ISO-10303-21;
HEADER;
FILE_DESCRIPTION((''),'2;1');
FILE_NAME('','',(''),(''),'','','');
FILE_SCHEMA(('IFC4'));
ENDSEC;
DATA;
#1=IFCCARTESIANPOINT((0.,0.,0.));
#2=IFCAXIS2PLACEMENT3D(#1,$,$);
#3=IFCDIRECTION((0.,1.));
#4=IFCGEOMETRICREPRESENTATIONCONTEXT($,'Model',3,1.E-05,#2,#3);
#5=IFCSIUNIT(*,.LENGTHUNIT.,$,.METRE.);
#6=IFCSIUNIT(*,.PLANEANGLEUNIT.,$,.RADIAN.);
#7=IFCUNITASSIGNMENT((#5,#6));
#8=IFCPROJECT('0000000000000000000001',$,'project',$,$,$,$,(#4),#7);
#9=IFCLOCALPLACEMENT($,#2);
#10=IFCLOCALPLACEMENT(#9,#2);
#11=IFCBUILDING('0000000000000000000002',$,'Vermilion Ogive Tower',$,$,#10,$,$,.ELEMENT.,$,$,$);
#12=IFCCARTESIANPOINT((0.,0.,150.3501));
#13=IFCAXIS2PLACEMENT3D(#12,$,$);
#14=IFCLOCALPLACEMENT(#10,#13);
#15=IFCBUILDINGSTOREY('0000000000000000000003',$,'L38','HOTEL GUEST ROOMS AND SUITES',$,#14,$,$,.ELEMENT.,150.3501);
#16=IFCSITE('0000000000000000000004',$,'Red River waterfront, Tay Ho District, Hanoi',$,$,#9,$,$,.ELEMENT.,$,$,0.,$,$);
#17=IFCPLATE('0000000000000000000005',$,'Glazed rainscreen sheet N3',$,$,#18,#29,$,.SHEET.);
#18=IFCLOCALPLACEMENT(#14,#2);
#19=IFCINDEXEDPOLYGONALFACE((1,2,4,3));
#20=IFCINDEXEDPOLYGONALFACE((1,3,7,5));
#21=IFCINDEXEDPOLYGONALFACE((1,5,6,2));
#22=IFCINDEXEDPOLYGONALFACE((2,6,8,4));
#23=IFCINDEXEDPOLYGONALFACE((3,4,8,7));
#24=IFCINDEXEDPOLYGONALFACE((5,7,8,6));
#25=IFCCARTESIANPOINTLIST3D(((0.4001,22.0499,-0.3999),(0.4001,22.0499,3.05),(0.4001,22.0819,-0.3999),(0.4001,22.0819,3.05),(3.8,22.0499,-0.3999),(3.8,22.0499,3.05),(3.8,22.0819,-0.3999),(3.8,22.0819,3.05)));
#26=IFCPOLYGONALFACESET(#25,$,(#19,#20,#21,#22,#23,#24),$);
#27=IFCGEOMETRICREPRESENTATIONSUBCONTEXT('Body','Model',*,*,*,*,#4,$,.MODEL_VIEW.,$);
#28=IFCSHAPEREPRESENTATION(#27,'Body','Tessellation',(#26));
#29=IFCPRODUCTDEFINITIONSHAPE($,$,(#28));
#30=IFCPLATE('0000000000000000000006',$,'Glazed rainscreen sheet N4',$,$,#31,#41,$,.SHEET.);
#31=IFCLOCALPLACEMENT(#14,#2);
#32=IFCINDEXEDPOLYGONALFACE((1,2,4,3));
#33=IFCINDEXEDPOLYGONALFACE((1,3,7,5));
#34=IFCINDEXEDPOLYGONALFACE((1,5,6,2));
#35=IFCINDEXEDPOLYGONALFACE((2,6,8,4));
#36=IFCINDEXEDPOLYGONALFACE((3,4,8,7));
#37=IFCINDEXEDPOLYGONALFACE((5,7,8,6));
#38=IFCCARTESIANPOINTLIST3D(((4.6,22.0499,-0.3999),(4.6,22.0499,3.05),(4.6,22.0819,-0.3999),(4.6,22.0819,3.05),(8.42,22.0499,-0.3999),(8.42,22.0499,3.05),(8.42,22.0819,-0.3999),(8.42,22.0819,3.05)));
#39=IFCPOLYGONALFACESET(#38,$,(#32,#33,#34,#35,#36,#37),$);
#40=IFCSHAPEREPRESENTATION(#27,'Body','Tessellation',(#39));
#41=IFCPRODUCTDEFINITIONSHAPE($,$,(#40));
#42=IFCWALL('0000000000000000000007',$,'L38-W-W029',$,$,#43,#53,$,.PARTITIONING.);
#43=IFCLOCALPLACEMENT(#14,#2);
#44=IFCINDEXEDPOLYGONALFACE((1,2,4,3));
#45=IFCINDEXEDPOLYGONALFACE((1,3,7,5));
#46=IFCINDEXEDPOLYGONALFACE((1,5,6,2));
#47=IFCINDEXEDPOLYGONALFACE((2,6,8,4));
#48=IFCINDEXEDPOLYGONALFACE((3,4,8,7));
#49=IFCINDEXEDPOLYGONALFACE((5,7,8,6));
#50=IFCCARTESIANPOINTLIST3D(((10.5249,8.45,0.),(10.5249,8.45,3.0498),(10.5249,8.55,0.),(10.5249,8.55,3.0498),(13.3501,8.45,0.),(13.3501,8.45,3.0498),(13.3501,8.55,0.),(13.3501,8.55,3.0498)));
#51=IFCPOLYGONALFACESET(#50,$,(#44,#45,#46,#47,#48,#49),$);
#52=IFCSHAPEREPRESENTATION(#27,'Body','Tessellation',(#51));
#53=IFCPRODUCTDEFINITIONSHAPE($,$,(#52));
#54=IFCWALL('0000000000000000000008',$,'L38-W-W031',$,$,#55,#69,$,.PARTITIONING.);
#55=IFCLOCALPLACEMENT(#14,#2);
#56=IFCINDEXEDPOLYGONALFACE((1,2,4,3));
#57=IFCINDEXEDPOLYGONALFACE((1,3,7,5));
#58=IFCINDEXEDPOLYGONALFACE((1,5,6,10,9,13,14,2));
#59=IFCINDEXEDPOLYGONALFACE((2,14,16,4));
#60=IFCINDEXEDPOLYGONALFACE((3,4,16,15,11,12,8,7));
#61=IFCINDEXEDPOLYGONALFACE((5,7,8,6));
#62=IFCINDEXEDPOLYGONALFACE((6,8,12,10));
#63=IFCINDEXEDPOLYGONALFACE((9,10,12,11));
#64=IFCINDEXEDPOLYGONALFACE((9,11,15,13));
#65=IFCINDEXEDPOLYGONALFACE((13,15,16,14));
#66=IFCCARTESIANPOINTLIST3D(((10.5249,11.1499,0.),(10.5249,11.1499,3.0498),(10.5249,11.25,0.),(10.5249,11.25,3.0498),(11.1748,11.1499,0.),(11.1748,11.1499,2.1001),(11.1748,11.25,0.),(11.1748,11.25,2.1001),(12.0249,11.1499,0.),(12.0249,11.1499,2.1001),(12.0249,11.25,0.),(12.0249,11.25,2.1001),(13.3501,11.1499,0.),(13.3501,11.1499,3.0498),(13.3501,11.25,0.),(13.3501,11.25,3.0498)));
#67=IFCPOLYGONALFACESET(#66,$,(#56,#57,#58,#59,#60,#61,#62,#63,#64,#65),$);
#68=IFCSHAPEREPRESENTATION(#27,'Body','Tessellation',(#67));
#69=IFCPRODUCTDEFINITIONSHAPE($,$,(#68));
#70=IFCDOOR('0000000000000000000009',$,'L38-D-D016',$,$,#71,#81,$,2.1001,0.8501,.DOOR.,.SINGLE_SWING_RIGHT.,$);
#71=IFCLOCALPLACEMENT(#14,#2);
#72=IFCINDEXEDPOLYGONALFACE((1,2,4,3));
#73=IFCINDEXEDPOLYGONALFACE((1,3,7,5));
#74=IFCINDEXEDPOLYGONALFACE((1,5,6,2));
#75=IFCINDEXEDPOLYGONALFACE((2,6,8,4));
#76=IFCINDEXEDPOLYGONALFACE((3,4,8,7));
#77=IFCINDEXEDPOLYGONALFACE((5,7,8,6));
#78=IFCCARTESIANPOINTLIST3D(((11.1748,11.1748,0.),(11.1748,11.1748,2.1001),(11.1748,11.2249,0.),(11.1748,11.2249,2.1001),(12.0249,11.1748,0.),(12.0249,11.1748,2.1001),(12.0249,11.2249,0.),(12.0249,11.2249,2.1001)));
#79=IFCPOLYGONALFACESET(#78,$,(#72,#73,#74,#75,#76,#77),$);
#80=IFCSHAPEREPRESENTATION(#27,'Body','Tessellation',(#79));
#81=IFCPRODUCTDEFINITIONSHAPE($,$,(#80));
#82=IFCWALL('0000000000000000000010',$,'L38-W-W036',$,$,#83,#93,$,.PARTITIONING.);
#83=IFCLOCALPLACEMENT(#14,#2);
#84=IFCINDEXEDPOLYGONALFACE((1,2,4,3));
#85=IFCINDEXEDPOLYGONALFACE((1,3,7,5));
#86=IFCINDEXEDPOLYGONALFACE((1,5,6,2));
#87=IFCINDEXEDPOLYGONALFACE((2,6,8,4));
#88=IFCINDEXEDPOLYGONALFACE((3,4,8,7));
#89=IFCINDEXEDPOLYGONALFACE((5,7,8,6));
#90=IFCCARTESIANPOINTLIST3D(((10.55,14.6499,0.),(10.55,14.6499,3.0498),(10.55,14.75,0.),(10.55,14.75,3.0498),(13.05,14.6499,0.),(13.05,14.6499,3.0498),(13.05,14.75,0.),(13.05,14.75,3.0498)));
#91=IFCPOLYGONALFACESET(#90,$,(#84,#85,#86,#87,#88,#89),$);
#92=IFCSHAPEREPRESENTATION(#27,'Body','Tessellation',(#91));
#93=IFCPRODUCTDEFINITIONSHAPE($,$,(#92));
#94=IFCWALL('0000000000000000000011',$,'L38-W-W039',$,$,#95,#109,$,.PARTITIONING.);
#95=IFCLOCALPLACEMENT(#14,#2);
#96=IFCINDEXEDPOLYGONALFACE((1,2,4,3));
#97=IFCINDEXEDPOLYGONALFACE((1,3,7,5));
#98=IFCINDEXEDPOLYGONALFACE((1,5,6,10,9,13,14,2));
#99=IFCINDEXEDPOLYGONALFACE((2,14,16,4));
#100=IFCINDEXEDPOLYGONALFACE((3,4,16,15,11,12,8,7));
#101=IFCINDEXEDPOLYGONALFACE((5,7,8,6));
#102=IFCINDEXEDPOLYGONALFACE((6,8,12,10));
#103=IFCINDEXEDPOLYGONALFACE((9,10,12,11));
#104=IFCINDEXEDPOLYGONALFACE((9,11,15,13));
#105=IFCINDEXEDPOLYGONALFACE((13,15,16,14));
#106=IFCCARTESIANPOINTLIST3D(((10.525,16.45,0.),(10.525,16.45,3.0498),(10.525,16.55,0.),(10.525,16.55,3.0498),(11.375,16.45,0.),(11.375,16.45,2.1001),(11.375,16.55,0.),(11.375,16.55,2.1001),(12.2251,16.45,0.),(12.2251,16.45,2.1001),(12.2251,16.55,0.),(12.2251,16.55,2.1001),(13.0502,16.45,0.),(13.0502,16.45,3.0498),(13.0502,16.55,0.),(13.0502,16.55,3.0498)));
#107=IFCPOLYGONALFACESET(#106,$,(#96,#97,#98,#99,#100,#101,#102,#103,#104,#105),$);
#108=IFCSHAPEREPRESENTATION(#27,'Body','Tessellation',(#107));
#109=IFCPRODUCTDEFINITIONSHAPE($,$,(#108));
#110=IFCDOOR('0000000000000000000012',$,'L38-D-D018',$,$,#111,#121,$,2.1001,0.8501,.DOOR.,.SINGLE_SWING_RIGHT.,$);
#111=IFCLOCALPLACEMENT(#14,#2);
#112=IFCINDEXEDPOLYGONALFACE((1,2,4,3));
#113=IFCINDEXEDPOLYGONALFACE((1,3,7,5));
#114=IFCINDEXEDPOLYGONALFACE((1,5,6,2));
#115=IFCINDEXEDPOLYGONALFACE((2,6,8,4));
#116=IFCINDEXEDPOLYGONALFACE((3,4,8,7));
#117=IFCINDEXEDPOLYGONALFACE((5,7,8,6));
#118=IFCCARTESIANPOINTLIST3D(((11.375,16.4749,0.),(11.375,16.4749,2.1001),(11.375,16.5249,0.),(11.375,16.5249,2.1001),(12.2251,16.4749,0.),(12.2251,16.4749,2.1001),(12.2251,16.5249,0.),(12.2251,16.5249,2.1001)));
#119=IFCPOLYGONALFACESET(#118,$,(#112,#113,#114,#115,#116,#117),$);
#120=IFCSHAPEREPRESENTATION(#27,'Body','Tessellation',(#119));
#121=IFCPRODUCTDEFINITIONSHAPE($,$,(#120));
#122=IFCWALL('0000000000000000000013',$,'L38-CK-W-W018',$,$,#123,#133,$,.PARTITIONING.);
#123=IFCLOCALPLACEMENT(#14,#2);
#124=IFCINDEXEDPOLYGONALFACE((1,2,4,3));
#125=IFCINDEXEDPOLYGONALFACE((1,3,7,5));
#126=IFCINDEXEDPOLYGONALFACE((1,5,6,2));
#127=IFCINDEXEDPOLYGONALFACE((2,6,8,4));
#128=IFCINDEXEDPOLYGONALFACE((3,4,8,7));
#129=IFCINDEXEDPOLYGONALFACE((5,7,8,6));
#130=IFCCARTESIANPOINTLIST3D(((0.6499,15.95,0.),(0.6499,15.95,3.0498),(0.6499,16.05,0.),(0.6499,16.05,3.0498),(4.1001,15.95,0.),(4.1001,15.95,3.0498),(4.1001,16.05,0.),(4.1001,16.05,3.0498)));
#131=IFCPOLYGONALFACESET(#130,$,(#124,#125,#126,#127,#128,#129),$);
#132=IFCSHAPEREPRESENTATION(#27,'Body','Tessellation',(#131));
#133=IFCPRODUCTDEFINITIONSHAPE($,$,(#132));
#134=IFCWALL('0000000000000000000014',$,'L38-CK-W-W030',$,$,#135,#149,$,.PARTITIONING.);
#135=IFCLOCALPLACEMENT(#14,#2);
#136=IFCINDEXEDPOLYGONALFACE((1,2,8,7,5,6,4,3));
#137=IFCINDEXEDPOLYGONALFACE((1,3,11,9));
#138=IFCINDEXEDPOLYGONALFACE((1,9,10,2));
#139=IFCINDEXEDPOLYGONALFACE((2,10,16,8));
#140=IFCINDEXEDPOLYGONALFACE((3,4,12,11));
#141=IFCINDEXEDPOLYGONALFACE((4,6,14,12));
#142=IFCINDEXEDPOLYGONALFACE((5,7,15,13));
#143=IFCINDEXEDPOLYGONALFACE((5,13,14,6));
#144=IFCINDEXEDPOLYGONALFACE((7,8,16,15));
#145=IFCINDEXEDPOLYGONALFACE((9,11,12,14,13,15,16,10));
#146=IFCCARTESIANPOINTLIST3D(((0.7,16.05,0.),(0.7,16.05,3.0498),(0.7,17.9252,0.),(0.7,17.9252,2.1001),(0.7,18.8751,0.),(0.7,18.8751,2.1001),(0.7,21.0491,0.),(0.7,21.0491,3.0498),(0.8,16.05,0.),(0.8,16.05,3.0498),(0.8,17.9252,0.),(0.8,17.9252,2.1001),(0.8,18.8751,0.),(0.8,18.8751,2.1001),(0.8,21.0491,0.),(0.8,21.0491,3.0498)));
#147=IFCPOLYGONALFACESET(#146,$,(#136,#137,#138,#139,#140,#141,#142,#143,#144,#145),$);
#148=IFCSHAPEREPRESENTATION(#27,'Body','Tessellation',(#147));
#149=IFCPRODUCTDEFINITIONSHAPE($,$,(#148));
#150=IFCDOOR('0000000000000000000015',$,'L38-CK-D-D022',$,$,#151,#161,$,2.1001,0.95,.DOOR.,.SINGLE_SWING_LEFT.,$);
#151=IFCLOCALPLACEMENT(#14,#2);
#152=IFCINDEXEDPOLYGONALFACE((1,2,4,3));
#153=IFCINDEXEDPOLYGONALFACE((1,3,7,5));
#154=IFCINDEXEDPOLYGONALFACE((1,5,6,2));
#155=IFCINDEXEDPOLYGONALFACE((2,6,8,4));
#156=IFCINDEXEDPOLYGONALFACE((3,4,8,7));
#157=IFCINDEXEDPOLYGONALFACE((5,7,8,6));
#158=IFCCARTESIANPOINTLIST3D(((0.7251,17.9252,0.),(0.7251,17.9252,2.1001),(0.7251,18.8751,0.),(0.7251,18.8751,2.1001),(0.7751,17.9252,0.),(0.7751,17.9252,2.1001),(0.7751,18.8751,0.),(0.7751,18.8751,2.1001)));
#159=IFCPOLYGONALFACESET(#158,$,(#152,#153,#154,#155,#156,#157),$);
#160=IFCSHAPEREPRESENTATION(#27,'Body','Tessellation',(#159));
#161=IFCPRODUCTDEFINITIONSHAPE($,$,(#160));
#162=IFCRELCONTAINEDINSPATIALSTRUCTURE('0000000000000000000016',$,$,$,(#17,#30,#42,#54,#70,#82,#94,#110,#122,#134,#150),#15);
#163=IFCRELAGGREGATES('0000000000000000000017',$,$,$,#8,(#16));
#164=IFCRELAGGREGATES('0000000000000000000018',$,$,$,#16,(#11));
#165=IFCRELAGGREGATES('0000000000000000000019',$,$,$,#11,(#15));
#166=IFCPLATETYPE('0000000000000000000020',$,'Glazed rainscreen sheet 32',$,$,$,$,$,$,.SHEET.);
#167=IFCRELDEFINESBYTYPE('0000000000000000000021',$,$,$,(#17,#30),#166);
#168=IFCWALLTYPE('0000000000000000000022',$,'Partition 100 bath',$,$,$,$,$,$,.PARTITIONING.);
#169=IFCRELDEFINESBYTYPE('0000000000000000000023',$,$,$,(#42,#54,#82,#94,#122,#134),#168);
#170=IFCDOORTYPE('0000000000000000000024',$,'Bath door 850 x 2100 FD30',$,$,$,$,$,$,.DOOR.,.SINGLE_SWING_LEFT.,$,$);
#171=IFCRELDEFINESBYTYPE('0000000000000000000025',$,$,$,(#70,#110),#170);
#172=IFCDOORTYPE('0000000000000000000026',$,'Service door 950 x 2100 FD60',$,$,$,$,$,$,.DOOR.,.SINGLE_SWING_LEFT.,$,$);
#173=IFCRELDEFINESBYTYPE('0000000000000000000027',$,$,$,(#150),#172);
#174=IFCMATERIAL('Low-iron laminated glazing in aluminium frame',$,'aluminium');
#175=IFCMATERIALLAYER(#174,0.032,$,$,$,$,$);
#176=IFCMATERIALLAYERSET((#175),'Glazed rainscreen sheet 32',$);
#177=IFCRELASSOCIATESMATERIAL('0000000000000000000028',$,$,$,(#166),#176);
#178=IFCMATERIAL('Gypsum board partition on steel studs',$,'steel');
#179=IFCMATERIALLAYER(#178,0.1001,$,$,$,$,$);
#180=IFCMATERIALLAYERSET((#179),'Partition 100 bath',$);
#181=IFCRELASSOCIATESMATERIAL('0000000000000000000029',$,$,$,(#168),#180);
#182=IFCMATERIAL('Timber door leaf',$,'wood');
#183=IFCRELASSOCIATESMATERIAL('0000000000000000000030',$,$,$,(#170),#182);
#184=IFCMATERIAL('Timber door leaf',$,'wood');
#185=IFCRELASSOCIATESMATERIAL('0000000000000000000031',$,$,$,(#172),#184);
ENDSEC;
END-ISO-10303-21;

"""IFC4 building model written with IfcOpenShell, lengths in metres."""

from ifc_helpers import new_model, si_unit, direction, frame, frame_2d, origin, origin_2d, place, context, subcontext, project, spatial, rectangle, extrude, material, layer, layer_set, type_object, element, fill, save


model = new_model("IFC4")

# Units and contexts
model_context = context("Model", 3, precision=1e-05, world=origin(), true_north=direction((0.0, 1.0)))
body_context = subcontext(model_context, "Body", "Model", "MODEL_VIEW")
ifc_project = project(units=[si_unit("LENGTHUNIT", "METRE"), si_unit("PLANEANGLEUNIT", "RADIAN")], contexts=[model_context])

# Site, building, storey
site_placement = place(None, origin())
site = spatial("IfcSite", under=ifc_project, at=site_placement, Name="Red River waterfront, Tay Ho District, Hanoi", CompositionType="ELEMENT", RefElevation=0.0)
building_placement = place(site_placement, origin())
building = spatial("IfcBuilding", under=site, at=building_placement, Name="Vermilion Ogive Tower", CompositionType="ELEMENT")
storey_placement = place(building_placement, frame((0.0, 0.0, 150.3501)))
storey = spatial("IfcBuildingStorey", under=building, at=storey_placement, Name="L38", Description="HOTEL GUEST ROOMS AND SUITES", CompositionType="ELEMENT", Elevation=150.3501)

# Plates
ifc_material_1 = material(Name="Low-iron laminated glazing in aluminium frame", Category="aluminium")
ifc_layer_1 = layer(ifc_material_1, 0.032)
ifc_layer_set_1 = layer_set([ifc_layer_1], Name="Glazed rainscreen sheet 32")
plate_type = type_object("IfcPlateType", Name="Glazed rainscreen sheet 32", PredefinedType="SHEET", material=ifc_layer_set_1)
plate_1_placement = place(storey_placement, frame((2.1001, 22.0659, -0.3999), z_axis=(0.0, 0.0, 1.0), x_axis=(1.0, 0.0, 0.0)))
element("IfcPlate", 1, at=plate_1_placement, inside=storey, type_object=plate_type, Name="Glazed rainscreen sheet N3", PredefinedType="SHEET", context=body_context, shape_type="SweptSolid", body=[
    extrude(rectangle(XDim=3.3999, YDim=0.032, at=origin_2d()), origin(), (0.0, 0.0, 1.0), 3.45),
])
plate_2_placement = place(storey_placement, frame((6.51, 22.0659, -0.3999), z_axis=(0.0, 0.0, 1.0), x_axis=(1.0, 0.0, 0.0)))
element("IfcPlate", 2, at=plate_2_placement, inside=storey, type_object=plate_type, Name="Glazed rainscreen sheet N4", PredefinedType="SHEET", context=body_context, shape_type="SweptSolid", body=[
    extrude(rectangle(XDim=3.8201, YDim=0.032, at=origin_2d()), origin(), (0.0, 0.0, 1.0), 3.45),
])

# Wall
ifc_material_2 = material(Name="Gypsum board partition on steel studs", Category="steel")
ifc_layer_2 = layer(ifc_material_2, 0.1001)
ifc_layer_set_2 = layer_set([ifc_layer_2], Name="Partition 100 bath")
wall_type_1 = type_object("IfcWallType", Name="Partition 100 bath", PredefinedType="PARTITIONING", material=ifc_layer_set_2)
wall_1_placement = place(storey_placement, frame((10.5249, 8.5, 0.0), z_axis=(0.0, 0.0, 1.0), x_axis=(1.0, 0.0, 0.0)))
element("IfcWall", 3, at=wall_1_placement, inside=storey, type_object=wall_type_1, Name="L38-W-W029", PredefinedType="PARTITIONING", context=body_context, shape_type="SweptSolid", body=[
    extrude(rectangle(XDim=2.8252, YDim=0.1001, at=frame_2d((1.4126, 0.0))), origin(), (0.0, 0.0, 1.0), 3.0498),
])

# Wall, opening, door
wall_2_placement = place(storey_placement, frame((10.5249, 11.2, 0.0), z_axis=(0.0, 0.0, 1.0), x_axis=(1.0, 0.0, 0.0)))
wall_2 = element("IfcWall", 4, at=wall_2_placement, inside=storey, type_object=wall_type_1, Name="L38-W-W031", PredefinedType="PARTITIONING", context=body_context, shape_type="SweptSolid", body=[
    extrude(rectangle(XDim=2.8252, YDim=0.1001, at=frame_2d((1.4126, 0.0))), origin(), (0.0, 0.0, 1.0), 3.0498),
])
opening_1_placement = place(wall_2_placement, frame((0.6499, 0.0, 0.0)))
opening_1 = element("IfcOpeningElement", 5, at=opening_1_placement, cuts=wall_2, PredefinedType="OPENING", context=body_context, shape_type="SweptSolid", body=[
    extrude(rectangle(XDim=0.8501, YDim=2.1001, at=frame_2d((0.425, 1.05))), frame((0.0, 0.0601, 0.0), z_axis=(0.0, -1.0, 0.0), x_axis=(1.0, 0.0, 0.0)), (0.0, 0.0, 1.0), 0.1201),
])
ifc_material_3 = material(Name="Timber door leaf", Category="wood")
door_type_1 = type_object("IfcDoorType", Name="Bath door 850 x 2100 FD30", OperationType="SINGLE_SWING_LEFT", PredefinedType="DOOR", material=ifc_material_3)
door_1_placement = place(opening_1_placement, origin())
door_1 = element("IfcDoor", 6, at=door_1_placement, inside=storey, type_object=door_type_1, Name="L38-D-D016", OperationType="SINGLE_SWING_RIGHT", OverallHeight=2.1001, OverallWidth=0.8501, PredefinedType="DOOR", context=body_context, shape_type="SweptSolid", body=[
    extrude(rectangle(XDim=0.8501, YDim=2.1001, at=frame_2d((0.425, 1.05))), frame((0.0, 0.0249, 0.0), z_axis=(0.0, -1.0, 0.0), x_axis=(1.0, 0.0, 0.0)), (0.0, 0.0, 1.0), 0.05),
])
fill(opening_1, door_1)

# Wall
wall_3_placement = place(storey_placement, frame((10.55, 14.7, 0.0), z_axis=(0.0, 0.0, 1.0), x_axis=(1.0, 0.0, 0.0)))
element("IfcWall", 7, at=wall_3_placement, inside=storey, type_object=wall_type_1, Name="L38-W-W036", PredefinedType="PARTITIONING", context=body_context, shape_type="SweptSolid", body=[
    extrude(rectangle(XDim=2.5, YDim=0.1001, at=frame_2d((1.25, 0.0))), origin(), (0.0, 0.0, 1.0), 3.0498),
])

# Wall, opening, door
wall_4_placement = place(storey_placement, frame((10.5249, 16.5, 0.0), z_axis=(0.0, 0.0, 1.0), x_axis=(1.0, 0.0, 0.0)))
wall_4 = element("IfcWall", 8, at=wall_4_placement, inside=storey, type_object=wall_type_1, Name="L38-W-W039", PredefinedType="PARTITIONING", context=body_context, shape_type="SweptSolid", body=[
    extrude(rectangle(XDim=2.5251, YDim=0.1001, at=frame_2d((1.2627, 0.0))), origin(), (0.0, 0.0, 1.0), 3.0498),
])
opening_2_placement = place(wall_4_placement, frame((0.8501, 0.0, 0.0)))
opening_2 = element("IfcOpeningElement", 9, at=opening_2_placement, cuts=wall_4, PredefinedType="OPENING", context=body_context, shape_type="SweptSolid", body=[
    extrude(rectangle(XDim=0.8501, YDim=2.1001, at=frame_2d((0.425, 1.05))), frame((0.0, 0.0601, 0.0), z_axis=(0.0, -1.0, 0.0), x_axis=(1.0, 0.0, 0.0)), (0.0, 0.0, 1.0), 0.1201),
])
door_2_placement = place(opening_2_placement, origin())
door_2 = element("IfcDoor", 10, at=door_2_placement, inside=storey, type_object=door_type_1, Name="L38-D-D018", OperationType="SINGLE_SWING_RIGHT", OverallHeight=2.1001, OverallWidth=0.8501, PredefinedType="DOOR", context=body_context, shape_type="SweptSolid", body=[
    extrude(rectangle(XDim=0.8501, YDim=2.1001, at=frame_2d((0.425, 1.05))), frame((0.0, 0.0249, 0.0), z_axis=(0.0, -1.0, 0.0), x_axis=(1.0, 0.0, 0.0)), (0.0, 0.0, 1.0), 0.05),
])
fill(opening_2, door_2)

# Wall
wall_5_placement = place(storey_placement, frame((0.6499, 16.0, 0.0), z_axis=(0.0, 0.0, 1.0), x_axis=(1.0, 0.0, 0.0)))
element("IfcWall", 11, at=wall_5_placement, inside=storey, type_object=wall_type_1, Name="L38-CK-W-W018", PredefinedType="PARTITIONING", context=body_context, shape_type="SweptSolid", body=[
    extrude(rectangle(XDim=3.4502, YDim=0.1001, at=frame_2d((1.7251, 0.0))), origin(), (0.0, 0.0, 1.0), 3.0498),
])

# Wall, opening, door
wall_6_placement = place(storey_placement, frame((0.75, 16.05, 0.0), z_axis=(0.0, 0.0, 1.0), x_axis=(0.0, 1.0, 0.0)))
wall_6 = element("IfcWall", 12, at=wall_6_placement, inside=storey, type_object=wall_type_1, Name="L38-CK-W-W030", PredefinedType="PARTITIONING", context=body_context, shape_type="SweptSolid", body=[
    extrude(rectangle(XDim=4.999, YDim=0.1001, at=frame_2d((2.4995, 0.0))), origin(), (0.0, 0.0, 1.0), 3.0498),
])
opening_3_placement = place(wall_6_placement, frame((1.875, 0.0, 0.0)))
opening_3 = element("IfcOpeningElement", 13, at=opening_3_placement, cuts=wall_6, PredefinedType="OPENING", context=body_context, shape_type="SweptSolid", body=[
    extrude(rectangle(XDim=0.95, YDim=2.1001, at=frame_2d((0.4751, 1.05))), frame((0.0, 0.0601, 0.0), z_axis=(0.0, -1.0, 0.0), x_axis=(1.0, 0.0, 0.0)), (0.0, 0.0, 1.0), 0.1201),
])
ifc_material_4 = material(Name="Timber door leaf", Category="wood")
door_type_2 = type_object("IfcDoorType", Name="Service door 950 x 2100 FD60", OperationType="SINGLE_SWING_LEFT", PredefinedType="DOOR", material=ifc_material_4)
door_3_placement = place(opening_3_placement, origin())
door_3 = element("IfcDoor", 14, at=door_3_placement, inside=storey, type_object=door_type_2, Name="L38-CK-D-D022", OperationType="SINGLE_SWING_LEFT", OverallHeight=2.1001, OverallWidth=0.95, PredefinedType="DOOR", context=body_context, shape_type="SweptSolid", body=[
    extrude(rectangle(XDim=0.95, YDim=2.1001, at=frame_2d((0.4751, 1.05))), frame((0.0, 0.0249, 0.0), z_axis=(0.0, -1.0, 0.0), x_axis=(1.0, 0.0, 0.0)), (0.0, 0.0, 1.0), 0.05),
])
fill(opening_3, door_3)

save(model, "model.ifc")
